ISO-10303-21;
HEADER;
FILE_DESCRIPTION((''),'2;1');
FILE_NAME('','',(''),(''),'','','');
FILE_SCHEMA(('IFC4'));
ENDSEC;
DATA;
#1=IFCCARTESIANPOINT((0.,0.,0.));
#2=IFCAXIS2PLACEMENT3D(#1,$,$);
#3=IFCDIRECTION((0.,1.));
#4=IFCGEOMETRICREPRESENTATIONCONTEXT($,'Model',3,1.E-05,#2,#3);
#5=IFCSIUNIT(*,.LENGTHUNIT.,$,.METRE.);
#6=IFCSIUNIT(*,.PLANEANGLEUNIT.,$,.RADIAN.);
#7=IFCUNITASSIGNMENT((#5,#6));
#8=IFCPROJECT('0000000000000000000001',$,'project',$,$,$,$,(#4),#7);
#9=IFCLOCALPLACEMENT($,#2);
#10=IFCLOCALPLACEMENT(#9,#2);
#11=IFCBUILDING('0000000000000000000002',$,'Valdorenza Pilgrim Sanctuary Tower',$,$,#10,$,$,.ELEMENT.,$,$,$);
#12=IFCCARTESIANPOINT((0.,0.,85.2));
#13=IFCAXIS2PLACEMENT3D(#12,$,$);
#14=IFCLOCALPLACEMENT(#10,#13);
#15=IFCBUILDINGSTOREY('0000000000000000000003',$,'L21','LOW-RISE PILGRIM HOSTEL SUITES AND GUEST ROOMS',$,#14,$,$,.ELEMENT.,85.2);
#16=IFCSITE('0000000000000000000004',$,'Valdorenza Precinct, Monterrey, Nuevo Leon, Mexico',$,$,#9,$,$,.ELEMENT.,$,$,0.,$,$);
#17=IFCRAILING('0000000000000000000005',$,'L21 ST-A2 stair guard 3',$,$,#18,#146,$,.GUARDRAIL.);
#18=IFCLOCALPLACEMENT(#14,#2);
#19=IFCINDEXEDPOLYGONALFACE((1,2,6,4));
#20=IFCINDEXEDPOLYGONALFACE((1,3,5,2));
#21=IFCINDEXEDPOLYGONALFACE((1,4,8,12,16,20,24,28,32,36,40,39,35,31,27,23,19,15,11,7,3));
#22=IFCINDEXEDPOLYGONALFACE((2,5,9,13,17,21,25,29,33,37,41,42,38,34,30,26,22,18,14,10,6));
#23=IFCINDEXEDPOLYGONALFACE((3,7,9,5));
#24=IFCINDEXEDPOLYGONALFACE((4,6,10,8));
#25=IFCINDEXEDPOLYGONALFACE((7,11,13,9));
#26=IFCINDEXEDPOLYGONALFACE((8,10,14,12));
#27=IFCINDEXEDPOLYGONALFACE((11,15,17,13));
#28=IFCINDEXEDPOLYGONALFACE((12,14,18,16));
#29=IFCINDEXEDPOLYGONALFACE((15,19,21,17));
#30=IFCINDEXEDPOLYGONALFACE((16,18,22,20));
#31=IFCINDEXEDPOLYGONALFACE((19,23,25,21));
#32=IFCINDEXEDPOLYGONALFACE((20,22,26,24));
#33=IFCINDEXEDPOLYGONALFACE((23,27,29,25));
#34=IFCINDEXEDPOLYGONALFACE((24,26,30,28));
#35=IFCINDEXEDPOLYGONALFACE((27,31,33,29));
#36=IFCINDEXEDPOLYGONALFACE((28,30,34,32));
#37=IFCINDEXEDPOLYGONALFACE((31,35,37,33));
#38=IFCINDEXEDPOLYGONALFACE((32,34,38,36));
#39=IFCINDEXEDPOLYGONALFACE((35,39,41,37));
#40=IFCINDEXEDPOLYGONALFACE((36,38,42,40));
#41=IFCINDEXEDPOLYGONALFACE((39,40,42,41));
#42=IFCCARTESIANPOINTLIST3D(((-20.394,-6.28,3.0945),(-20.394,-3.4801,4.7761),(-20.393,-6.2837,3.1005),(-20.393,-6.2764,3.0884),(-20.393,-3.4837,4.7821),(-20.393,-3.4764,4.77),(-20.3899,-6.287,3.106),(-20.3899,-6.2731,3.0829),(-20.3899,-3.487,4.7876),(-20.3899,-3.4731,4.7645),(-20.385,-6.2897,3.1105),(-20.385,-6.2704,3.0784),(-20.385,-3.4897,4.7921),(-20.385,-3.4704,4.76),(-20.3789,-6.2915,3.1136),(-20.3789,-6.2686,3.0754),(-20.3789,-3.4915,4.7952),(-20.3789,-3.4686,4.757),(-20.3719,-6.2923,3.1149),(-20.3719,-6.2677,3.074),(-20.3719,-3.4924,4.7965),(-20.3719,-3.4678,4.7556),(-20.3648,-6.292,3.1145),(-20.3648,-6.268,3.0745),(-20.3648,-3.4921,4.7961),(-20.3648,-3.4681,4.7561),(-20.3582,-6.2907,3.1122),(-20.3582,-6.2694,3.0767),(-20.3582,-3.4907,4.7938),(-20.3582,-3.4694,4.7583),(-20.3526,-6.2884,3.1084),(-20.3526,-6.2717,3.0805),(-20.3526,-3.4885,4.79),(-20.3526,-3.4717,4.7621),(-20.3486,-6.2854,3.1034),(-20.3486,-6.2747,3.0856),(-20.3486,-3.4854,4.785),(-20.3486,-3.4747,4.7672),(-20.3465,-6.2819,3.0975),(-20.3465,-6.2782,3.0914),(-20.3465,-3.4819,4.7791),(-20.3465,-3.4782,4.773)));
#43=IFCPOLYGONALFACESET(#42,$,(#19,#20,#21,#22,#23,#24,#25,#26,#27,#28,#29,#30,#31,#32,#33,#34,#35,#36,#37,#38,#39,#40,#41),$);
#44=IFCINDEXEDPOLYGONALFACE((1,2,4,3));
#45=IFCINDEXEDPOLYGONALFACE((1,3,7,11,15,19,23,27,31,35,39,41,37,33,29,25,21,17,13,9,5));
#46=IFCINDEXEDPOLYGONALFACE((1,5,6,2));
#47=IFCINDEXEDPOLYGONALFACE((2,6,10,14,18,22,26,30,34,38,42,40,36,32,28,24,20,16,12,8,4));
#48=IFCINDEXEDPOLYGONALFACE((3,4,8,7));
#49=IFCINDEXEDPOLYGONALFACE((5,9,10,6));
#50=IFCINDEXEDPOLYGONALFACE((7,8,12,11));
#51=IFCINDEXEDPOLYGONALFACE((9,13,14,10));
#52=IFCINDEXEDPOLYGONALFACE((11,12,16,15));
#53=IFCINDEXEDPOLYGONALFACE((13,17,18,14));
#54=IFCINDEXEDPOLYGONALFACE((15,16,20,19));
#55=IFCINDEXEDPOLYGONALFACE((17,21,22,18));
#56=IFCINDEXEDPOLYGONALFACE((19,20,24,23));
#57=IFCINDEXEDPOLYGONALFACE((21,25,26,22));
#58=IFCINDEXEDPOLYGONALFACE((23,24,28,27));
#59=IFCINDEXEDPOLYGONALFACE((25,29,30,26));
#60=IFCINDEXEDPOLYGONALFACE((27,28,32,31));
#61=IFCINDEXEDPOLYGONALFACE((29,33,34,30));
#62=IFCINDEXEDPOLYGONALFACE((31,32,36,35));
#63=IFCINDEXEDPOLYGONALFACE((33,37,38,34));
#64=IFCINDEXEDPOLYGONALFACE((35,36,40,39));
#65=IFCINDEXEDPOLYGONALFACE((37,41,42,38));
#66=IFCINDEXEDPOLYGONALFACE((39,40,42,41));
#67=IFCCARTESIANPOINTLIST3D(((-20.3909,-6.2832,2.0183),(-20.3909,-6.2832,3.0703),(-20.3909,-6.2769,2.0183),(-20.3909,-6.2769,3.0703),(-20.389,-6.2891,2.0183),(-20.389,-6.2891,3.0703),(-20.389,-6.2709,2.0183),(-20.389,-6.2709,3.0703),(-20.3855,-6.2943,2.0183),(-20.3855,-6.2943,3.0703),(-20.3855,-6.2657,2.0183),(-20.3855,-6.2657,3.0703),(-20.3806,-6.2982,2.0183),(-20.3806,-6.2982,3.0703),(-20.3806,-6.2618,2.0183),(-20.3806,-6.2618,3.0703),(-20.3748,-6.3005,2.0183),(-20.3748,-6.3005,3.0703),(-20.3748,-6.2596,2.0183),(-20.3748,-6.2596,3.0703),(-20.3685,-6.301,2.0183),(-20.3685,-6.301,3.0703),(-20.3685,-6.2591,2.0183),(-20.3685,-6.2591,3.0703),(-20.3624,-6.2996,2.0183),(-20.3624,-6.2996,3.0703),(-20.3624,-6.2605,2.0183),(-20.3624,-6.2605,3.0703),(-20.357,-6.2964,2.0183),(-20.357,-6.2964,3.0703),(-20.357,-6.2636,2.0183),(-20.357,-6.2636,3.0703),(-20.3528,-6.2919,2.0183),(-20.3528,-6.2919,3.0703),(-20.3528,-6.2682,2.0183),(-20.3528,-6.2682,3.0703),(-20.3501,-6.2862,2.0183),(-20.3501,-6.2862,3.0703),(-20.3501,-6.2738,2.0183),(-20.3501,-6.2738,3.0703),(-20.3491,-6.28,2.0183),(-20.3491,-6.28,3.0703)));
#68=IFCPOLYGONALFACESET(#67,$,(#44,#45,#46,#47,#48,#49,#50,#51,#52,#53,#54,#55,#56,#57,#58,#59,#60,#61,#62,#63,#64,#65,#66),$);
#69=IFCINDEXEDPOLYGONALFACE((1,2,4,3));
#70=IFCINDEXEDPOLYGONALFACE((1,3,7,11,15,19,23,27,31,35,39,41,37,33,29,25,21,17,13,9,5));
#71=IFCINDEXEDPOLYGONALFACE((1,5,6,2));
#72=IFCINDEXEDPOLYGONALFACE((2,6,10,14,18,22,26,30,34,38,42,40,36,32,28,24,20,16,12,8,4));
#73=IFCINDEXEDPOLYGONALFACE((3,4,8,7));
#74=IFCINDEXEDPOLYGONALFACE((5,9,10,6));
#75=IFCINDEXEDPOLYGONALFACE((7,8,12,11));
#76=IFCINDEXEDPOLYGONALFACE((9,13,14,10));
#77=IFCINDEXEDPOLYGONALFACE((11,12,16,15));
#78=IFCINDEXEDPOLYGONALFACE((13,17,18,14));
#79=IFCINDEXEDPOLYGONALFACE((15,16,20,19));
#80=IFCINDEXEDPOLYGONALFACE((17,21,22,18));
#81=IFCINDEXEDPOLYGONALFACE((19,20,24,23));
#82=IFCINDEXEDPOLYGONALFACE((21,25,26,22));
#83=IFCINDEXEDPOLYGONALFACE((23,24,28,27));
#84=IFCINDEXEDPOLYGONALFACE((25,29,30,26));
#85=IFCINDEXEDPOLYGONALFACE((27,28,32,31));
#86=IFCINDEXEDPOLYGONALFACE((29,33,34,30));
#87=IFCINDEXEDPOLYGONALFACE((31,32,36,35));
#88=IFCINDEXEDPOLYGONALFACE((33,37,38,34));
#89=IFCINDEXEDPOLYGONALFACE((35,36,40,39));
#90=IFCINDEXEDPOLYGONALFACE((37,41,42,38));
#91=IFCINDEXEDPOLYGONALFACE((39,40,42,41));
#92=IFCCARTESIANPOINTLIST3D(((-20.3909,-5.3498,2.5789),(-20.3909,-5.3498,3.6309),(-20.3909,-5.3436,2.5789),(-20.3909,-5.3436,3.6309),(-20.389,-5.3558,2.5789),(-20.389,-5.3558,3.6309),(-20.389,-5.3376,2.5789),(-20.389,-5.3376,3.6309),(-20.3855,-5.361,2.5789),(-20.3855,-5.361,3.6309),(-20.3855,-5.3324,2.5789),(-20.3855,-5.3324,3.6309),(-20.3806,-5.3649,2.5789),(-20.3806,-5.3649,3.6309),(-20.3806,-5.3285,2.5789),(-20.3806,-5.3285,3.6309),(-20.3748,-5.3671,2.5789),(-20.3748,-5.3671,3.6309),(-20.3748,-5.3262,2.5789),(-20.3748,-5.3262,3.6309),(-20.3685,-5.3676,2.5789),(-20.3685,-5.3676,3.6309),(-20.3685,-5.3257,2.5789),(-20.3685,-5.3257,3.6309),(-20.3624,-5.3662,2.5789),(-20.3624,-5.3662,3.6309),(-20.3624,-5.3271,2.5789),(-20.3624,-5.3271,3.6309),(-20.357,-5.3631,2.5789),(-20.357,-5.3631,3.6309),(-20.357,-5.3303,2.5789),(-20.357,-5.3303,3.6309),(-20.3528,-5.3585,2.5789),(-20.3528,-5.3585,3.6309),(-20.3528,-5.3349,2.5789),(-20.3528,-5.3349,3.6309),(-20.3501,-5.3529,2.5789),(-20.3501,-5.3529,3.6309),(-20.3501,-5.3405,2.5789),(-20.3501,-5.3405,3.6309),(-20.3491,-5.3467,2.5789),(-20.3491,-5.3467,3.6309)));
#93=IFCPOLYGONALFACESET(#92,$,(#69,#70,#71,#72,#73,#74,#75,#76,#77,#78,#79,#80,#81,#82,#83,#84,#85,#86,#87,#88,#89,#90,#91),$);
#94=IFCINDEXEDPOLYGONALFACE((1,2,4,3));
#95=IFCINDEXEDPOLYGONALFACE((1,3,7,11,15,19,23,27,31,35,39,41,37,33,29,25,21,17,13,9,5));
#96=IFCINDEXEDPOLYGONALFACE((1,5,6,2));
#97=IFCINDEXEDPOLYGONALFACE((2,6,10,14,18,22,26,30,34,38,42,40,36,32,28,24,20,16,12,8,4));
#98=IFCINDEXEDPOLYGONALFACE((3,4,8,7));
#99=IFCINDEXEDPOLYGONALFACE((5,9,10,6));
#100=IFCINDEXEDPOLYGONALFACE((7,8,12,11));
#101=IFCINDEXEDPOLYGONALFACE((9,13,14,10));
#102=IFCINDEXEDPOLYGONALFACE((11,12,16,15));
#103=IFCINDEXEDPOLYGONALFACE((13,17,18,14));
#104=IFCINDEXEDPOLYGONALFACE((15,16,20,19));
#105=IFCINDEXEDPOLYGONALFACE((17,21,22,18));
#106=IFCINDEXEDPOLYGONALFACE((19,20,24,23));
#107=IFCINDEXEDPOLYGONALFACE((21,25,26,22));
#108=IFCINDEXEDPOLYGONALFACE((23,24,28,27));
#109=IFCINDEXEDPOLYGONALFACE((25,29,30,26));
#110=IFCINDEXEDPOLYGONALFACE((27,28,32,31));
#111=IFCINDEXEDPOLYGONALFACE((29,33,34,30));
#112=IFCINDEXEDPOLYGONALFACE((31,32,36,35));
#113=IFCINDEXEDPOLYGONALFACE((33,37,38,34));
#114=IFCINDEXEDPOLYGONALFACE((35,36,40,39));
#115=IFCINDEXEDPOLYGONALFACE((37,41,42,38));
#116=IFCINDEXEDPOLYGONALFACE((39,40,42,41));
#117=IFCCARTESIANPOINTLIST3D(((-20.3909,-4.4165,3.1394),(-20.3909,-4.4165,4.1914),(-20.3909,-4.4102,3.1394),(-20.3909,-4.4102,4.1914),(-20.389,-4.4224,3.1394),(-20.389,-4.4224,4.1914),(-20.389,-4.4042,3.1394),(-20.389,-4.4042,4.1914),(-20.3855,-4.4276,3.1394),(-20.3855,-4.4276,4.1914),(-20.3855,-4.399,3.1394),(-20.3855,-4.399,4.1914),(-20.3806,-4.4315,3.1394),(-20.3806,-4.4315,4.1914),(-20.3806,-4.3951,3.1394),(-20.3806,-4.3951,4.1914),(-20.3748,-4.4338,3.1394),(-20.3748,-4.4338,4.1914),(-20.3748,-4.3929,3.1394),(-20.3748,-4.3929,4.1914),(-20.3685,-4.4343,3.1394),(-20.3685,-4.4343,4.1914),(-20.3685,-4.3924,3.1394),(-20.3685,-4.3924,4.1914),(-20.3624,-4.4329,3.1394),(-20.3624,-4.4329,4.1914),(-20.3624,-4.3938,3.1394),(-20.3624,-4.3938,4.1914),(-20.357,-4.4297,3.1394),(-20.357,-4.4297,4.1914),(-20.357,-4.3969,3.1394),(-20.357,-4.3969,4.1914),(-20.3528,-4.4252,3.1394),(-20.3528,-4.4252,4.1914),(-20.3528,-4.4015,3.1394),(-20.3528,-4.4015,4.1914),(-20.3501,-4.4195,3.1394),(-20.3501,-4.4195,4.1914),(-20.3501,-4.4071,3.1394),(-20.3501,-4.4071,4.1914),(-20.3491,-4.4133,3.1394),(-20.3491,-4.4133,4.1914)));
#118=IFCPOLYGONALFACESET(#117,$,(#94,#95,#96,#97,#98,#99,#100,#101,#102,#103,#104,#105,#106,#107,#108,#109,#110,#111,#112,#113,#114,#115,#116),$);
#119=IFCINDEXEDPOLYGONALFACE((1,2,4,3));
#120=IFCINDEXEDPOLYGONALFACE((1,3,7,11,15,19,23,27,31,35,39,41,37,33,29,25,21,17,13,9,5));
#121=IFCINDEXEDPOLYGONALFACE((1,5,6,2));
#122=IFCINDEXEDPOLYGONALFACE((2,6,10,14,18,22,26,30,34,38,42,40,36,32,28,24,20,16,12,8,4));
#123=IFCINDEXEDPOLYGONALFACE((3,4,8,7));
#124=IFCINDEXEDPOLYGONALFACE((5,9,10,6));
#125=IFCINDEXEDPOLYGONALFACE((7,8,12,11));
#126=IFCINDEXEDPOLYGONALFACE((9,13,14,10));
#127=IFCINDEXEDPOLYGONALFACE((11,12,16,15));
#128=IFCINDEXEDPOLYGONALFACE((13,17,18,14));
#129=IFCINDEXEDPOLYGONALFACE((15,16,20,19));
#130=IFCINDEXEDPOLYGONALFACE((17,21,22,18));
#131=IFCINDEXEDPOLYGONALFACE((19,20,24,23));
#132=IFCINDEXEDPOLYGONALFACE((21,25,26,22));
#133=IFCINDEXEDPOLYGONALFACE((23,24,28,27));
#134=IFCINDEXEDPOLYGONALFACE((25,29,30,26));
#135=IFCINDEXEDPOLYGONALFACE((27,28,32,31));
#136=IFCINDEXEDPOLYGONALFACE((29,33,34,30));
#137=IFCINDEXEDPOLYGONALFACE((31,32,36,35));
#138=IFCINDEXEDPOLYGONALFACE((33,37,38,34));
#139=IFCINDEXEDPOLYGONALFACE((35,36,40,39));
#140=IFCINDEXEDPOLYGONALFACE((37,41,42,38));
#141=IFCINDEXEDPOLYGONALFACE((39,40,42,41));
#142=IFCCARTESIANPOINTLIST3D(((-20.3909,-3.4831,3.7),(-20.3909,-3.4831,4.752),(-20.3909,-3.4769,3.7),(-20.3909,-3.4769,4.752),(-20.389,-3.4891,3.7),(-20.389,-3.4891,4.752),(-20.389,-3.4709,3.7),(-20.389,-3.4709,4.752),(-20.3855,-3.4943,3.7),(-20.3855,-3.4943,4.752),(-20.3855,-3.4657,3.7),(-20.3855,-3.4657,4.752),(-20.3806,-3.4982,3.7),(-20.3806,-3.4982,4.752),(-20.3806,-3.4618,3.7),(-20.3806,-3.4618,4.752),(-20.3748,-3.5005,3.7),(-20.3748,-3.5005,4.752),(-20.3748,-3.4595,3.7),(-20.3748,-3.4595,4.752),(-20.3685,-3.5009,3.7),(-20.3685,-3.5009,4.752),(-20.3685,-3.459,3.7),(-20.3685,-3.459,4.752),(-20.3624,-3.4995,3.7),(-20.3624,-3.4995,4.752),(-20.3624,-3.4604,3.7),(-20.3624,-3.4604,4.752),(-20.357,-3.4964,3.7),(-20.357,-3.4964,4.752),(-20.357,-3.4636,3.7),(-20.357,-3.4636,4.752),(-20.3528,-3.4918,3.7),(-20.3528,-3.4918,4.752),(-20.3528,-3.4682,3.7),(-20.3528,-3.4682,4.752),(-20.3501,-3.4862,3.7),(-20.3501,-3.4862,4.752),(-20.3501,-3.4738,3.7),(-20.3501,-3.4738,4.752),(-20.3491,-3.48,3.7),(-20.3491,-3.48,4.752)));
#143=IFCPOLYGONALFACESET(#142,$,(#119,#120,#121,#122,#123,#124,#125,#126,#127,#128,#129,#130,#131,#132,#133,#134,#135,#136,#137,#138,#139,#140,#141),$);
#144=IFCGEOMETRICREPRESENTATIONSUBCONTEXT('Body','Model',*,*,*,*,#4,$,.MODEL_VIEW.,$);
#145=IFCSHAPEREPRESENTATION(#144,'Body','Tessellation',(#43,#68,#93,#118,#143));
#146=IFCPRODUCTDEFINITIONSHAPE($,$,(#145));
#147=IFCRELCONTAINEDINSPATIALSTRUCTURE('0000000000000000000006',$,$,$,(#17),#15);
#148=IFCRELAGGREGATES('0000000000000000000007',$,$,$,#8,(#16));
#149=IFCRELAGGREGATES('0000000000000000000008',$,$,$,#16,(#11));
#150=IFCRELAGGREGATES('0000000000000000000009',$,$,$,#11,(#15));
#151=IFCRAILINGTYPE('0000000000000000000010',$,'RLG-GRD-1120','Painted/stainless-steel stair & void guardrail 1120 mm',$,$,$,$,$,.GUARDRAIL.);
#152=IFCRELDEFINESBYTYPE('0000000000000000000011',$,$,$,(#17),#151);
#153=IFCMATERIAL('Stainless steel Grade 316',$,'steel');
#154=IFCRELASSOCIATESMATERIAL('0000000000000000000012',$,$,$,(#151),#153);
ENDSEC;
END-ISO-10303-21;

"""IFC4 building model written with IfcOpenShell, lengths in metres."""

from ifc_helpers import new_model, si_unit, direction, frame, origin, origin_2d, place, context, subcontext, project, spatial, circle, extrude, material, type_object, element, save


model = new_model("IFC4")

# Units and contexts
model_context = context("Model", 3, precision=1e-05, world=origin(), true_north=direction((0.0, 1.0)))
body_context = subcontext(model_context, "Body", "Model", "MODEL_VIEW")
ifc_project = project(units=[si_unit("LENGTHUNIT", "METRE"), si_unit("PLANEANGLEUNIT", "RADIAN")], contexts=[model_context])

# Site, building, storey
site_placement = place(None, origin())
site = spatial("IfcSite", under=ifc_project, at=site_placement, Name="Valdorenza Precinct, Monterrey, Nuevo Leon, Mexico", CompositionType="ELEMENT", RefElevation=0.0)
building_placement = place(site_placement, origin())
building = spatial("IfcBuilding", under=site, at=building_placement, Name="Valdorenza Pilgrim Sanctuary Tower", CompositionType="ELEMENT")
storey_placement = place(building_placement, frame((0.0, 0.0, 85.2)))
storey = spatial("IfcBuildingStorey", under=building, at=storey_placement, Name="L21", Description="LOW-RISE PILGRIM HOSTEL SUITES AND GUEST ROOMS", CompositionType="ELEMENT", Elevation=85.2)

# Railing
ifc_material_1 = material(Name="Stainless steel Grade 316", Category="steel")
railing_type_1 = type_object("IfcRailingType", Name="RLG-GRD-1120", Description="Painted/stainless-steel stair & void guardrail 1120 mm", PredefinedType="GUARDRAIL", material=ifc_material_1)
railing_1_placement = place(storey_placement, frame((-20.3701, -6.28, 2.0183)))
element("IfcRailing", 1, at=railing_1_placement, inside=storey, type_object=railing_type_1, Name="L21 ST-A2 stair guard 3", PredefinedType="GUARDRAIL", context=body_context, shape_type="SweptSolid", body=[
    extrude(circle(Radius=0.0239, at=origin_2d()), frame((0.0, 0.0, 1.0762), z_axis=(0.0, 0.857275, 0.514858), x_axis=(-1.0, 0.0, 0.0)), (0.0, 0.0, 1.0), 3.2661),
    extrude(circle(Radius=0.021, at=origin_2d()), origin(), (0.0, 0.0, 1.0), 1.052),
    extrude(circle(Radius=0.021, at=origin_2d()), frame((0.0, 0.9333, 0.5605)), (0.0, 0.0, 1.0), 1.052),
    extrude(circle(Radius=0.021, at=origin_2d()), frame((0.0, 1.8667, 1.1211)), (0.0, 0.0, 1.0), 1.052),
    extrude(circle(Radius=0.021, at=origin_2d()), frame((0.0, 2.8, 1.6816)), (0.0, 0.0, 1.0), 1.052),
])

save(model, "model.ifc")
